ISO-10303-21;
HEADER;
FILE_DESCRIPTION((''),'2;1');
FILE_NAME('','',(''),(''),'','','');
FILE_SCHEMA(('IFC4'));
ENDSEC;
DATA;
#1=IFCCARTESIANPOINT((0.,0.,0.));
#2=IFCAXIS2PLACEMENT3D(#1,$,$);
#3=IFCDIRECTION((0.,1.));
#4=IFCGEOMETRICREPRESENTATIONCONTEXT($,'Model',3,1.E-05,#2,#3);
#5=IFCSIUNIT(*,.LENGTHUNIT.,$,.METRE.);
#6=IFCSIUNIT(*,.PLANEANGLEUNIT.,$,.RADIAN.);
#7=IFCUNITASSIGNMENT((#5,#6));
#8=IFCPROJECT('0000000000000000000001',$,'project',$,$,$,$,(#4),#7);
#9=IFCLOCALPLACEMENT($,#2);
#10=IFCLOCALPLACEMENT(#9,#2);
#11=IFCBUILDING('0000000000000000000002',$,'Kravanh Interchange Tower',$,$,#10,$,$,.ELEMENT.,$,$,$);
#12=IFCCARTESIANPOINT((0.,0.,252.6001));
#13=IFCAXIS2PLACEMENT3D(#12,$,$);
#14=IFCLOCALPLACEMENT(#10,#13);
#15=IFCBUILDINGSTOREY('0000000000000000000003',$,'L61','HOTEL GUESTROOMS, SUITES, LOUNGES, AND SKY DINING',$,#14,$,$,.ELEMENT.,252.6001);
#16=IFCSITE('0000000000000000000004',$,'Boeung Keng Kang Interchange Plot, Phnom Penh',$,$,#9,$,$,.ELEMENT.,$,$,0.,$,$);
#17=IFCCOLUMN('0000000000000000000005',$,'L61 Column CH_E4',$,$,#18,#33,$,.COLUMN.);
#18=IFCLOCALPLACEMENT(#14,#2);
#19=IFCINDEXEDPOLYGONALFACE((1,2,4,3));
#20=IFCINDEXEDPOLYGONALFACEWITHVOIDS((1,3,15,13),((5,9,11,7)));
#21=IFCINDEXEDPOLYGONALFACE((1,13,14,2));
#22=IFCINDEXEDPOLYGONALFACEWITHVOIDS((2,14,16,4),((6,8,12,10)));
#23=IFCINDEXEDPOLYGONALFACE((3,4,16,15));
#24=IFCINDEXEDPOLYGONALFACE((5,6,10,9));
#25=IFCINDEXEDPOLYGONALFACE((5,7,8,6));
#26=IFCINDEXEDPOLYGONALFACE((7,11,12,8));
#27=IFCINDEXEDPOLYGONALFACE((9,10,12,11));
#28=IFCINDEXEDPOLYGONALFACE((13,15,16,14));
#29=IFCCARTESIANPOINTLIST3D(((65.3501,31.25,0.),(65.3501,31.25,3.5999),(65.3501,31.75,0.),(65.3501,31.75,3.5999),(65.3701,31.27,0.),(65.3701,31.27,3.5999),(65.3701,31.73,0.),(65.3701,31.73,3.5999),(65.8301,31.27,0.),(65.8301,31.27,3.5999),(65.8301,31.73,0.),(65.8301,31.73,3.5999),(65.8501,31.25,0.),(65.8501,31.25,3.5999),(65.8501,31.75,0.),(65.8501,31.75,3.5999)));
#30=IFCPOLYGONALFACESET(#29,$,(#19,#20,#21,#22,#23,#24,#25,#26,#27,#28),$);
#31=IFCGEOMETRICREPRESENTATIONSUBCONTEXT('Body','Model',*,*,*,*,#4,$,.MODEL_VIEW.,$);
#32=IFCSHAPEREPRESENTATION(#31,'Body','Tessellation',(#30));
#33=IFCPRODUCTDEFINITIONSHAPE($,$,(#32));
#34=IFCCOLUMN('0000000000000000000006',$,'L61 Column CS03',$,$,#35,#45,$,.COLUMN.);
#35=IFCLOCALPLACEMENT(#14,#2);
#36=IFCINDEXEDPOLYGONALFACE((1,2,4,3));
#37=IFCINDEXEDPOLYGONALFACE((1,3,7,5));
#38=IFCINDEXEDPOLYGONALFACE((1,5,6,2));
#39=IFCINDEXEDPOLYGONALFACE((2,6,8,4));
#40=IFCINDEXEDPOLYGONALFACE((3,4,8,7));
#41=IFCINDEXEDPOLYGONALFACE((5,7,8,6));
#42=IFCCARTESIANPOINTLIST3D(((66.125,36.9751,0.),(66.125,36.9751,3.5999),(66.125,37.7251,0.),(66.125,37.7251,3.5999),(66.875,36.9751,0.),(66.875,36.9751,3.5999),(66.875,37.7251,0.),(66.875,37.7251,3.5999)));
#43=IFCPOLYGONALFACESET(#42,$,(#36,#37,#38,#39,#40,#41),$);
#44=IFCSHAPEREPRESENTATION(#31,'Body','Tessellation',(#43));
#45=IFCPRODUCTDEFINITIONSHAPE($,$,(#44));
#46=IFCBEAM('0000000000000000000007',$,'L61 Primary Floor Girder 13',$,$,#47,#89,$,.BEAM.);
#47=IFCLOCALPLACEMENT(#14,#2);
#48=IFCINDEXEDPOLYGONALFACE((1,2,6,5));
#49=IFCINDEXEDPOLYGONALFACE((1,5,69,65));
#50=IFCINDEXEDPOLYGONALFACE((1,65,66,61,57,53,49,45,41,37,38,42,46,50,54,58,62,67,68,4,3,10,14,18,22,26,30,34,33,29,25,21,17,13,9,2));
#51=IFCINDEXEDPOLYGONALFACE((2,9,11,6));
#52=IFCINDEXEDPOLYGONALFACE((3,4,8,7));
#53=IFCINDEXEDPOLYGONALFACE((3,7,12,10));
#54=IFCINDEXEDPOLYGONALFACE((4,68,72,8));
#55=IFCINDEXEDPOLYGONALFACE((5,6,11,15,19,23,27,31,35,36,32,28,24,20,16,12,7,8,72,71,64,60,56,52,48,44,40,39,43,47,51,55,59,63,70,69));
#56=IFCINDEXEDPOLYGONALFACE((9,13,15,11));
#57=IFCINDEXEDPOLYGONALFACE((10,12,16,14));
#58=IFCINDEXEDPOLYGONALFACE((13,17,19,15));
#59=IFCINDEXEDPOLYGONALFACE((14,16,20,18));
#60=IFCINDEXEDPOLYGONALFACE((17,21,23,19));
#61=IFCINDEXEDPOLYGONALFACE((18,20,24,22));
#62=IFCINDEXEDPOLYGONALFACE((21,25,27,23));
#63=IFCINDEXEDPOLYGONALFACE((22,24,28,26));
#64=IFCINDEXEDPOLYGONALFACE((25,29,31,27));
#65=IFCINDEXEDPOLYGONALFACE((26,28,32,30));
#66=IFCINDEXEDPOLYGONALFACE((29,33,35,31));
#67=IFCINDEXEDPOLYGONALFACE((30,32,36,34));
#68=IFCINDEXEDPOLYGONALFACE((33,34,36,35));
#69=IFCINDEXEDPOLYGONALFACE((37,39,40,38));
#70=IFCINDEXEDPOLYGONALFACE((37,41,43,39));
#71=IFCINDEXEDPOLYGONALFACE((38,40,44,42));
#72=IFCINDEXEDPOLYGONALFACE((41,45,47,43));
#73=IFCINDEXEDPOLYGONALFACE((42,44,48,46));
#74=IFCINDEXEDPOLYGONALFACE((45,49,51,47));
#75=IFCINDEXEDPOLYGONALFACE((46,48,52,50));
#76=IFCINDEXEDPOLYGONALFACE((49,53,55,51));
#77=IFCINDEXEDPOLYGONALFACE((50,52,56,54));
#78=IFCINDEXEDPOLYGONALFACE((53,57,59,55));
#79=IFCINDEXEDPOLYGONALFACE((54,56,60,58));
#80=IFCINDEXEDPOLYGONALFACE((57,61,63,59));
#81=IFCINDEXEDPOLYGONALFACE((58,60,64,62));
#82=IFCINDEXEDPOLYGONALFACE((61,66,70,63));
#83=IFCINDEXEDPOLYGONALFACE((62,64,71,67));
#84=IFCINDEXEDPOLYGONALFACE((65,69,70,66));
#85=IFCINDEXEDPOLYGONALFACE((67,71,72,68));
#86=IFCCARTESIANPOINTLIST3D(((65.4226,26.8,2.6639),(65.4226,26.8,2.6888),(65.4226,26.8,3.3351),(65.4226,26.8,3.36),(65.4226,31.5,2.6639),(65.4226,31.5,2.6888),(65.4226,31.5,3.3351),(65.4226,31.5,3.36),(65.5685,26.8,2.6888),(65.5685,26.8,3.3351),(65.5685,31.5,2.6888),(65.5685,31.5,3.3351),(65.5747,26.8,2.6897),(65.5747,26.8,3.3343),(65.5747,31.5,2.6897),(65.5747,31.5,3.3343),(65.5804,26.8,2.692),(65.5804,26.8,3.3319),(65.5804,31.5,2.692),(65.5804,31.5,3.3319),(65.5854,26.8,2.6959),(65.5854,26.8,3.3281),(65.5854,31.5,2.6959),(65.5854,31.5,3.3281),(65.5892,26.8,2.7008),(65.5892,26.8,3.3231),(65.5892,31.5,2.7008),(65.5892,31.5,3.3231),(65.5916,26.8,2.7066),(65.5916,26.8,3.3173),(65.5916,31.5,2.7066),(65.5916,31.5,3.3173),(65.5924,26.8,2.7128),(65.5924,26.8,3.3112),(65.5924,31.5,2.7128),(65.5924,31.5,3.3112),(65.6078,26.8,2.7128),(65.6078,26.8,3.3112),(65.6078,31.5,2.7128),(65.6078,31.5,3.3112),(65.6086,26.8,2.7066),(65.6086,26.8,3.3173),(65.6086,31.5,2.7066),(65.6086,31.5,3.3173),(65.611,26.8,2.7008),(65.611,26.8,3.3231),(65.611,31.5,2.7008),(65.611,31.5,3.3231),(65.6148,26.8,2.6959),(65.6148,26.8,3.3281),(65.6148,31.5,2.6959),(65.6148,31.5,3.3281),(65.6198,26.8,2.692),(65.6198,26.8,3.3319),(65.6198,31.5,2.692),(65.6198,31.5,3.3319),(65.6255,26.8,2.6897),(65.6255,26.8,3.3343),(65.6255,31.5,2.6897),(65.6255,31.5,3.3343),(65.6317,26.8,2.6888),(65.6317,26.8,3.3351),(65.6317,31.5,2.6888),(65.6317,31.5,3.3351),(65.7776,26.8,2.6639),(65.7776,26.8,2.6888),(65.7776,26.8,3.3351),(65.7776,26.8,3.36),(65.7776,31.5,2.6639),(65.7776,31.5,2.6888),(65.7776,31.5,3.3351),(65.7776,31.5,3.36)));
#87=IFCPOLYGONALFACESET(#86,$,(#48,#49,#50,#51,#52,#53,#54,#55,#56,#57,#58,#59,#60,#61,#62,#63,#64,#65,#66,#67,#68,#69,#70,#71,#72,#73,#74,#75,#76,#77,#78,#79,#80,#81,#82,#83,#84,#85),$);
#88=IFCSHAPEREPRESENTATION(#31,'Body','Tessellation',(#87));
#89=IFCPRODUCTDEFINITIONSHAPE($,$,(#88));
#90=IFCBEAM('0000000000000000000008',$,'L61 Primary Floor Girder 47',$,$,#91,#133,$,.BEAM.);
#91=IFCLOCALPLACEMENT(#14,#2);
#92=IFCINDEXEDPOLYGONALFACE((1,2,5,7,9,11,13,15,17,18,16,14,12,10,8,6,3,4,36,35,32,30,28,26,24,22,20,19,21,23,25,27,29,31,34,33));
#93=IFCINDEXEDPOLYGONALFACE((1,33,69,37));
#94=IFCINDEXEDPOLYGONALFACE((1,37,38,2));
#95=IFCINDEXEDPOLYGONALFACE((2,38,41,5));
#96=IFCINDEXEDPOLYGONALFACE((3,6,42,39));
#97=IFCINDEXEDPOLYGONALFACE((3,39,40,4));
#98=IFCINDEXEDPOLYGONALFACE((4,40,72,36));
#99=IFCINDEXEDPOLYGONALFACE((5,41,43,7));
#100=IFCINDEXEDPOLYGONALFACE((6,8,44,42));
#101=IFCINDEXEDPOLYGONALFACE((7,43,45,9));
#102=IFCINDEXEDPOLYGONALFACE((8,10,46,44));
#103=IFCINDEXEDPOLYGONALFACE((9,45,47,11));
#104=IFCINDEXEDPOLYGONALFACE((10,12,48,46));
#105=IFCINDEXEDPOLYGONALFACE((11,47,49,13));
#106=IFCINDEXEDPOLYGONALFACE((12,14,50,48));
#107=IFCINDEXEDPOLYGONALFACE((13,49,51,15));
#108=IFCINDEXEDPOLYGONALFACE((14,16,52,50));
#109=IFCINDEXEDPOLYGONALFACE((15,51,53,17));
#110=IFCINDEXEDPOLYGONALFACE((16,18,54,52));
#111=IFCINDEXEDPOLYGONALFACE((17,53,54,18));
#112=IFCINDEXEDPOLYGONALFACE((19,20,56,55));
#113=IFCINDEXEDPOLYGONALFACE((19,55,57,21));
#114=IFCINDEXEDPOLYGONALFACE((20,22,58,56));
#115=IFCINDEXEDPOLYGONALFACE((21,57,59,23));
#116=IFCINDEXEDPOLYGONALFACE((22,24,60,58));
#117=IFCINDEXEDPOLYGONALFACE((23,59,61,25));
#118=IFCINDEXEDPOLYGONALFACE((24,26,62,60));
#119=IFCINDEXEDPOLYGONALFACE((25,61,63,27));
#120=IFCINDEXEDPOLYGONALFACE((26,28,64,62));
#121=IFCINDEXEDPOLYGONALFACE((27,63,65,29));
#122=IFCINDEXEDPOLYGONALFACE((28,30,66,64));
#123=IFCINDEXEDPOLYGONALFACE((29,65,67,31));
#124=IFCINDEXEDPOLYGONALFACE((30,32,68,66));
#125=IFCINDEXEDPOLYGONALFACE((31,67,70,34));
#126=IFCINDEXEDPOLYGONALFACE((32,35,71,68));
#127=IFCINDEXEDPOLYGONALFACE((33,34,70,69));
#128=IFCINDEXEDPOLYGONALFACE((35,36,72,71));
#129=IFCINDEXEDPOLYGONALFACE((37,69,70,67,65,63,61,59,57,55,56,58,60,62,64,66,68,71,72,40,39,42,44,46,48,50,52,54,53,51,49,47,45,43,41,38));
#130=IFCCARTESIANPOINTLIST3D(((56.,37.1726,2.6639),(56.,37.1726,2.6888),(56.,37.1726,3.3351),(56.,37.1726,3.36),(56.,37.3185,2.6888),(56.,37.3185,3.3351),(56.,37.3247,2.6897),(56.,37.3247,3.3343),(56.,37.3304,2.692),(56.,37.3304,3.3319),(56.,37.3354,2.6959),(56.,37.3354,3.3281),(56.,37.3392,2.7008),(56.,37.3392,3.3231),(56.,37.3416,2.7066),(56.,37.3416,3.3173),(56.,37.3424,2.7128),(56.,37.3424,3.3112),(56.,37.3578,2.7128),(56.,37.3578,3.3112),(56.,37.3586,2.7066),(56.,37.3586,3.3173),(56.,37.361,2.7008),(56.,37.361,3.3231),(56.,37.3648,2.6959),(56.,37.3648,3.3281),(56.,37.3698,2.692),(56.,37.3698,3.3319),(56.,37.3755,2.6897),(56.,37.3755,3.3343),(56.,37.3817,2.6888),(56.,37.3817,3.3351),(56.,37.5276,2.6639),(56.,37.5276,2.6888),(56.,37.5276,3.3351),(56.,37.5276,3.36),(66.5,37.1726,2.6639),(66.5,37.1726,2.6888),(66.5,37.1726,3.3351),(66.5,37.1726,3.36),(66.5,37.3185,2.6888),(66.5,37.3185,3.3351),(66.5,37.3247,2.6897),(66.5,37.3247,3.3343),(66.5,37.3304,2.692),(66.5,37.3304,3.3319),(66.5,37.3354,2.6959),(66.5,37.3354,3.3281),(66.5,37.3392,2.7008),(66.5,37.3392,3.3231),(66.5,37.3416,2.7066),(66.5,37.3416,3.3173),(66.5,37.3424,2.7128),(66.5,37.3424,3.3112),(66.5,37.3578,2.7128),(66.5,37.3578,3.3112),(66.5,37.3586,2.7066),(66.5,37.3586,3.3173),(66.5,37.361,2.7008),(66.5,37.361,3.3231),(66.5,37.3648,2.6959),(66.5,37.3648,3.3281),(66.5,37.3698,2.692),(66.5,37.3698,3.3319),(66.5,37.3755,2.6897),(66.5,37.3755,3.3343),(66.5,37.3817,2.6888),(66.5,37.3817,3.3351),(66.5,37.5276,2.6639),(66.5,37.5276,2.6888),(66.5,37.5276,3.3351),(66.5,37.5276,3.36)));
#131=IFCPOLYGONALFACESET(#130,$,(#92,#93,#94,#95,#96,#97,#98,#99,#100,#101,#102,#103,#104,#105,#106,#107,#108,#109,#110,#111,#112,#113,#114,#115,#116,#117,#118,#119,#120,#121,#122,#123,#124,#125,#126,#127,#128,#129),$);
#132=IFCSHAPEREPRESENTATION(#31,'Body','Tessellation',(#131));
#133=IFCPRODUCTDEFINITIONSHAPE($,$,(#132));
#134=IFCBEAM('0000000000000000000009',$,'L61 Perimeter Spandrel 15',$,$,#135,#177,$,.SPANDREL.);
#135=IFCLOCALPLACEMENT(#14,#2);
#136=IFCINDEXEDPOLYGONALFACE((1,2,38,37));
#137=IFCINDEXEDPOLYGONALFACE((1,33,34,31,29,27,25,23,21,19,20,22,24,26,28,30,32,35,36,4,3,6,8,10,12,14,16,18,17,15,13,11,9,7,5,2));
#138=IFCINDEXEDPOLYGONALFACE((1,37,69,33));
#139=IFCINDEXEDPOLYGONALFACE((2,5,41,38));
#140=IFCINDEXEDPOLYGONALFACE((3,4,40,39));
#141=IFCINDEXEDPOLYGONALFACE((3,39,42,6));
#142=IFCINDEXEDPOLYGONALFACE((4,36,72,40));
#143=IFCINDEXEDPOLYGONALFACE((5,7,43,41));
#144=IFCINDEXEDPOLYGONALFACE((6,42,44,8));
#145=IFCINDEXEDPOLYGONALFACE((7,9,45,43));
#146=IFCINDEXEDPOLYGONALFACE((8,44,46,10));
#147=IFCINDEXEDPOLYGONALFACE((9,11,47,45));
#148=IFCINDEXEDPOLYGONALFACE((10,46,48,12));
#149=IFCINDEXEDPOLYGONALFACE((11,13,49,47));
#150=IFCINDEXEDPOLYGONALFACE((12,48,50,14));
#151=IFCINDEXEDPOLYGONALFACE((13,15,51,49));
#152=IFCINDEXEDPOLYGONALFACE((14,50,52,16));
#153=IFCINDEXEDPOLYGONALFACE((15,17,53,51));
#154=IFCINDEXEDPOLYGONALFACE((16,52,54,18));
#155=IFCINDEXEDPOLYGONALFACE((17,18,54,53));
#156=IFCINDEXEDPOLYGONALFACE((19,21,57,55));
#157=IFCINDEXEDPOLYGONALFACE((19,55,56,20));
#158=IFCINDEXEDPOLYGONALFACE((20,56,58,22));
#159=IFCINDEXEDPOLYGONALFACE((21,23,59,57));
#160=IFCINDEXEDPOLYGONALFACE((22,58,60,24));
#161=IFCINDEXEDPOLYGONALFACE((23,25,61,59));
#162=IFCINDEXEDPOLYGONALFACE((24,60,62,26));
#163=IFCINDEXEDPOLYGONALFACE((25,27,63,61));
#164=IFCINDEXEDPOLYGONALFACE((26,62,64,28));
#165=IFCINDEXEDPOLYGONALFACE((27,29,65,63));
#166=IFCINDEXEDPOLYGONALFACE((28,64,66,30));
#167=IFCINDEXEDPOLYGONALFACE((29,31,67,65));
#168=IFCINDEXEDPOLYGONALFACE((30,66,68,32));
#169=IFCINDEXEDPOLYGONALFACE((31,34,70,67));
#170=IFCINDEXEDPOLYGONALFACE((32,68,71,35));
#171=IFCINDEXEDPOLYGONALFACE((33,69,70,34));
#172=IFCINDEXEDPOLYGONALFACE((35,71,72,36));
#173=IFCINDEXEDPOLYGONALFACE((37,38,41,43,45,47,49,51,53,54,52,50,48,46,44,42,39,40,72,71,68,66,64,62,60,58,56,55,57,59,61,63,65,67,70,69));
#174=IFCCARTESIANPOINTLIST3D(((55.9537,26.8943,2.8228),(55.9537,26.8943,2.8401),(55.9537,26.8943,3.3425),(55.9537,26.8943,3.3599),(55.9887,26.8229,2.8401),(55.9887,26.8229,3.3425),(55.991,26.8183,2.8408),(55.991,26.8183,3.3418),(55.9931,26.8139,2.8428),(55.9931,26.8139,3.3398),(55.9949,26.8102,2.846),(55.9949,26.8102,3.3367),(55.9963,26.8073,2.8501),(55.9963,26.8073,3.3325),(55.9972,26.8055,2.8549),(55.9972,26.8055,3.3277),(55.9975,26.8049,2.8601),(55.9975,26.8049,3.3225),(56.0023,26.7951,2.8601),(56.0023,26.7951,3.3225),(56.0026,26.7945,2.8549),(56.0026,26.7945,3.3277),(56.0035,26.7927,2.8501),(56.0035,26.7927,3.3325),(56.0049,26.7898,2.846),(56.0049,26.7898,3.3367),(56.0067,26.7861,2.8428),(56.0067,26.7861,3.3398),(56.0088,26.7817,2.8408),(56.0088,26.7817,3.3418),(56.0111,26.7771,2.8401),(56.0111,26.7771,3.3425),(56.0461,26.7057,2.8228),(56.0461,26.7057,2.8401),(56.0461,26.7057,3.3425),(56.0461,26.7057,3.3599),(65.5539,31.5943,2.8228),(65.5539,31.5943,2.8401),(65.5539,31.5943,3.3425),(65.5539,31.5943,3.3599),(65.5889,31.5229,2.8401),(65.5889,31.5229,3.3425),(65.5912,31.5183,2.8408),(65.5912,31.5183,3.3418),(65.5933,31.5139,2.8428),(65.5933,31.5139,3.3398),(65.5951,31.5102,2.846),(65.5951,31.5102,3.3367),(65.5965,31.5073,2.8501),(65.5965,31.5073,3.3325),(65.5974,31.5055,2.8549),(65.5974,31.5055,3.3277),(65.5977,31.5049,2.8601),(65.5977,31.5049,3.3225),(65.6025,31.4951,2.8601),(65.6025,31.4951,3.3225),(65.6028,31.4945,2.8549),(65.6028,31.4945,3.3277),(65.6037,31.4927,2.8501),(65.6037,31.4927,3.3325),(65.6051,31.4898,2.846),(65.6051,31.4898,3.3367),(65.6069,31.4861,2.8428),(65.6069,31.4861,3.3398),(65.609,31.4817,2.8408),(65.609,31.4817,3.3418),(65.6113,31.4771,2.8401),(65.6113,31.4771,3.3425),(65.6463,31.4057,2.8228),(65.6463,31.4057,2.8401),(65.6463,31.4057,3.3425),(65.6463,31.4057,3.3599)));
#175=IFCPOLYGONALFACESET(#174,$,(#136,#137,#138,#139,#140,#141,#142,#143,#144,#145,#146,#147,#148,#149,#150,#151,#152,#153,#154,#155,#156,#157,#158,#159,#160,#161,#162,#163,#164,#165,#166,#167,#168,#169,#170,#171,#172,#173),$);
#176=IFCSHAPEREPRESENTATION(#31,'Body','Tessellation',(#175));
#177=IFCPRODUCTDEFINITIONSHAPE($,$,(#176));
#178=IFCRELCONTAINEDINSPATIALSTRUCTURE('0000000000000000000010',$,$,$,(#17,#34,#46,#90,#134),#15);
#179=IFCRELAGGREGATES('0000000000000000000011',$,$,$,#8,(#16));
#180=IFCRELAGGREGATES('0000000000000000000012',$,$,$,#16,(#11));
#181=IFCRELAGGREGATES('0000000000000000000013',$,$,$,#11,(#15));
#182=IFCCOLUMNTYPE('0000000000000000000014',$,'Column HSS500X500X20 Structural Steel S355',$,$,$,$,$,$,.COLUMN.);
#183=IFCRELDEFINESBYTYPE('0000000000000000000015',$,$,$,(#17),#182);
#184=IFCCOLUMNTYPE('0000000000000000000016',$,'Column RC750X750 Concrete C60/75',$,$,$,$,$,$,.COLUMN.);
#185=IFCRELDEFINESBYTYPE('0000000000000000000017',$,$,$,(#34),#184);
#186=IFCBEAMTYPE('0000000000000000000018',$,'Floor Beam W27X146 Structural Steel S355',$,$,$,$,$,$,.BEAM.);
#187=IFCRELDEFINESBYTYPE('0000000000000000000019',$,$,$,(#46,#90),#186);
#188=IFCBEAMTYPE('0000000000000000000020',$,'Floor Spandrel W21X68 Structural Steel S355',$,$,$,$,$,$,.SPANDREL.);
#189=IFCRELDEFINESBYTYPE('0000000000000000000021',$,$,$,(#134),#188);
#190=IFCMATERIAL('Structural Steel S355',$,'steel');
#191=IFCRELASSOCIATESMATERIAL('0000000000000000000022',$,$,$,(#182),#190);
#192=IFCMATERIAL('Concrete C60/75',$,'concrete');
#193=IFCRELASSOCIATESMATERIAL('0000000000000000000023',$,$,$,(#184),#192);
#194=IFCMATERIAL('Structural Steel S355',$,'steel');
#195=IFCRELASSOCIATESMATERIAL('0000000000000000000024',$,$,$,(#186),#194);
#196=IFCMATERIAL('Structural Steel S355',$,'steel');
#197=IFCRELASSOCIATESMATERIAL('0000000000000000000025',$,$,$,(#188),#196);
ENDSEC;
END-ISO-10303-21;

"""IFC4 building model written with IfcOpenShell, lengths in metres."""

from ifc_helpers import new_model, si_unit, direction, frame, origin, origin_2d, place, context, subcontext, project, spatial, rectangle, hollow_rectangle, i_section, extrude, material, material_profile, profile_set, type_object, element, save


model = new_model("IFC4")

# Units and contexts
model_context = context("Model", 3, precision=1e-05, world=origin(), true_north=direction((0.0, 1.0)))
body_context = subcontext(model_context, "Body", "Model", "MODEL_VIEW")
ifc_project = project(units=[si_unit("LENGTHUNIT", "METRE"), si_unit("PLANEANGLEUNIT", "RADIAN")], contexts=[model_context])

# Site, building, storey
site_placement = place(None, origin())
site = spatial("IfcSite", under=ifc_project, at=site_placement, Name="Boeung Keng Kang Interchange Plot, Phnom Penh", CompositionType="ELEMENT", RefElevation=0.0)
building_placement = place(site_placement, origin())
building = spatial("IfcBuilding", under=site, at=building_placement, Name="Kravanh Interchange Tower", CompositionType="ELEMENT")
storey_placement = place(building_placement, frame((0.0, 0.0, 252.6001)))
storey = spatial("IfcBuildingStorey", under=building, at=storey_placement, Name="L61", Description="HOTEL GUESTROOMS, SUITES, LOUNGES, AND SKY DINING", CompositionType="ELEMENT", Elevation=252.6001)

# Columns
ifc_material_1 = material(Name="Structural Steel S355", Category="steel")
ifc_material_profile_1 = material_profile(ifc_material_1, hollow_rectangle(XDim=0.5, YDim=0.5, WallThickness=0.02, at=origin_2d()), Name="HSS500X500X20")
ifc_profile_set_1 = profile_set([ifc_material_profile_1], Name="Structural Steel S355")
column_type_1 = type_object("IfcColumnType", Name="Column HSS500X500X20 Structural Steel S355", PredefinedType="COLUMN", material=ifc_profile_set_1)
column_1_placement = place(storey_placement, frame((65.6001, 31.5, 0.0), z_axis=(0.0, 0.0, 1.0), x_axis=(1.0, 0.0, 0.0)))
element("IfcColumn", 1, at=column_1_placement, inside=storey, type_object=column_type_1, Name="L61 Column CH_E4", PredefinedType="COLUMN", context=body_context, shape_type="SweptSolid", body=[
    extrude(hollow_rectangle(XDim=0.5, YDim=0.5, WallThickness=0.02, at=origin_2d()), origin(), (0.0, 0.0, 1.0), 3.5999),
])
ifc_material_2 = material(Name="Concrete C60/75", Category="concrete")
ifc_material_profile_2 = material_profile(ifc_material_2, rectangle(XDim=0.75, YDim=0.75, at=origin_2d()), Name="RC750X750")
ifc_profile_set_2 = profile_set([ifc_material_profile_2], Name="Concrete C60/75")
column_type_2 = type_object("IfcColumnType", Name="Column RC750X750 Concrete C60/75", PredefinedType="COLUMN", material=ifc_profile_set_2)
column_2_placement = place(storey_placement, frame((66.5, 37.3501, 0.0), z_axis=(0.0, 0.0, 1.0), x_axis=(1.0, 0.0, 0.0)))
element("IfcColumn", 2, at=column_2_placement, inside=storey, type_object=column_type_2, Name="L61 Column CS03", PredefinedType="COLUMN", context=body_context, shape_type="SweptSolid", body=[
    extrude(rectangle(XDim=0.75, YDim=0.75, at=origin_2d()), origin(), (0.0, 0.0, 1.0), 3.5999),
])

# Beams
ifc_material_3 = material(Name="Structural Steel S355", Category="steel")
ifc_material_profile_3 = material_profile(ifc_material_3, i_section(OverallWidth=0.355, OverallDepth=0.696, WebThickness=0.0154, FlangeThickness=0.0249, FilletRadius=0.0239, at=origin_2d()), Name="W27X146")
ifc_profile_set_3 = profile_set([ifc_material_profile_3], Name="Structural Steel S355")
beam_type_1 = type_object("IfcBeamType", Name="Floor Beam W27X146 Structural Steel S355", PredefinedType="BEAM", material=ifc_profile_set_3)
beam_1_placement = place(storey_placement, frame((65.6001, 31.5, 3.012), z_axis=(0.0, -1.0, 0.0), x_axis=(1.0, 0.0, 0.0)))
element("IfcBeam", 3, at=beam_1_placement, inside=storey, type_object=beam_type_1, Name="L61 Primary Floor Girder 13", PredefinedType="BEAM", context=body_context, shape_type="SweptSolid", body=[
    extrude(i_section(OverallWidth=0.355, OverallDepth=0.696, WebThickness=0.0154, FlangeThickness=0.0249, FilletRadius=0.0239, at=origin_2d()), origin(), (0.0, 0.0, 1.0), 4.7),
])
beam_2_placement = place(storey_placement, frame((66.5, 37.3501, 3.012), z_axis=(-1.0, 0.0, 0.0), x_axis=(0.0, -1.0, 0.0)))
element("IfcBeam", 4, at=beam_2_placement, inside=storey, type_object=beam_type_1, Name="L61 Primary Floor Girder 47", PredefinedType="BEAM", context=body_context, shape_type="SweptSolid", body=[
    extrude(i_section(OverallWidth=0.355, OverallDepth=0.696, WebThickness=0.0154, FlangeThickness=0.0249, FilletRadius=0.0239, at=origin_2d()), origin(), (0.0, 0.0, 1.0), 10.5),
])
ifc_material_4 = material(Name="Structural Steel S355", Category="steel")
ifc_material_profile_4 = material_profile(ifc_material_4, i_section(OverallWidth=0.21, OverallDepth=0.5371, WebThickness=0.011, FlangeThickness=0.0173, FilletRadius=0.02, at=origin_2d()), Name="W21X68")
ifc_profile_set_4 = profile_set([ifc_material_profile_4], Name="Structural Steel S355")
beam_type_2 = type_object("IfcBeamType", Name="Floor Spandrel W21X68 Structural Steel S355", PredefinedType="SPANDREL", material=ifc_profile_set_4)
beam_3_placement = place(storey_placement, frame((65.6001, 31.5, 3.0913), z_axis=(-0.898142, -0.439706, 0.0), x_axis=(0.439706, -0.898142, 0.0)))
element("IfcBeam", 5, at=beam_3_placement, inside=storey, type_object=beam_type_2, Name="L61 Perimeter Spandrel 15", PredefinedType="SPANDREL", context=body_context, shape_type="SweptSolid", body=[
    extrude(i_section(OverallWidth=0.21, OverallDepth=0.5371, WebThickness=0.011, FlangeThickness=0.0173, FilletRadius=0.02, at=origin_2d()), origin(), (0.0, 0.0, 1.0), 10.689),
])

save(model, "model.ifc")
